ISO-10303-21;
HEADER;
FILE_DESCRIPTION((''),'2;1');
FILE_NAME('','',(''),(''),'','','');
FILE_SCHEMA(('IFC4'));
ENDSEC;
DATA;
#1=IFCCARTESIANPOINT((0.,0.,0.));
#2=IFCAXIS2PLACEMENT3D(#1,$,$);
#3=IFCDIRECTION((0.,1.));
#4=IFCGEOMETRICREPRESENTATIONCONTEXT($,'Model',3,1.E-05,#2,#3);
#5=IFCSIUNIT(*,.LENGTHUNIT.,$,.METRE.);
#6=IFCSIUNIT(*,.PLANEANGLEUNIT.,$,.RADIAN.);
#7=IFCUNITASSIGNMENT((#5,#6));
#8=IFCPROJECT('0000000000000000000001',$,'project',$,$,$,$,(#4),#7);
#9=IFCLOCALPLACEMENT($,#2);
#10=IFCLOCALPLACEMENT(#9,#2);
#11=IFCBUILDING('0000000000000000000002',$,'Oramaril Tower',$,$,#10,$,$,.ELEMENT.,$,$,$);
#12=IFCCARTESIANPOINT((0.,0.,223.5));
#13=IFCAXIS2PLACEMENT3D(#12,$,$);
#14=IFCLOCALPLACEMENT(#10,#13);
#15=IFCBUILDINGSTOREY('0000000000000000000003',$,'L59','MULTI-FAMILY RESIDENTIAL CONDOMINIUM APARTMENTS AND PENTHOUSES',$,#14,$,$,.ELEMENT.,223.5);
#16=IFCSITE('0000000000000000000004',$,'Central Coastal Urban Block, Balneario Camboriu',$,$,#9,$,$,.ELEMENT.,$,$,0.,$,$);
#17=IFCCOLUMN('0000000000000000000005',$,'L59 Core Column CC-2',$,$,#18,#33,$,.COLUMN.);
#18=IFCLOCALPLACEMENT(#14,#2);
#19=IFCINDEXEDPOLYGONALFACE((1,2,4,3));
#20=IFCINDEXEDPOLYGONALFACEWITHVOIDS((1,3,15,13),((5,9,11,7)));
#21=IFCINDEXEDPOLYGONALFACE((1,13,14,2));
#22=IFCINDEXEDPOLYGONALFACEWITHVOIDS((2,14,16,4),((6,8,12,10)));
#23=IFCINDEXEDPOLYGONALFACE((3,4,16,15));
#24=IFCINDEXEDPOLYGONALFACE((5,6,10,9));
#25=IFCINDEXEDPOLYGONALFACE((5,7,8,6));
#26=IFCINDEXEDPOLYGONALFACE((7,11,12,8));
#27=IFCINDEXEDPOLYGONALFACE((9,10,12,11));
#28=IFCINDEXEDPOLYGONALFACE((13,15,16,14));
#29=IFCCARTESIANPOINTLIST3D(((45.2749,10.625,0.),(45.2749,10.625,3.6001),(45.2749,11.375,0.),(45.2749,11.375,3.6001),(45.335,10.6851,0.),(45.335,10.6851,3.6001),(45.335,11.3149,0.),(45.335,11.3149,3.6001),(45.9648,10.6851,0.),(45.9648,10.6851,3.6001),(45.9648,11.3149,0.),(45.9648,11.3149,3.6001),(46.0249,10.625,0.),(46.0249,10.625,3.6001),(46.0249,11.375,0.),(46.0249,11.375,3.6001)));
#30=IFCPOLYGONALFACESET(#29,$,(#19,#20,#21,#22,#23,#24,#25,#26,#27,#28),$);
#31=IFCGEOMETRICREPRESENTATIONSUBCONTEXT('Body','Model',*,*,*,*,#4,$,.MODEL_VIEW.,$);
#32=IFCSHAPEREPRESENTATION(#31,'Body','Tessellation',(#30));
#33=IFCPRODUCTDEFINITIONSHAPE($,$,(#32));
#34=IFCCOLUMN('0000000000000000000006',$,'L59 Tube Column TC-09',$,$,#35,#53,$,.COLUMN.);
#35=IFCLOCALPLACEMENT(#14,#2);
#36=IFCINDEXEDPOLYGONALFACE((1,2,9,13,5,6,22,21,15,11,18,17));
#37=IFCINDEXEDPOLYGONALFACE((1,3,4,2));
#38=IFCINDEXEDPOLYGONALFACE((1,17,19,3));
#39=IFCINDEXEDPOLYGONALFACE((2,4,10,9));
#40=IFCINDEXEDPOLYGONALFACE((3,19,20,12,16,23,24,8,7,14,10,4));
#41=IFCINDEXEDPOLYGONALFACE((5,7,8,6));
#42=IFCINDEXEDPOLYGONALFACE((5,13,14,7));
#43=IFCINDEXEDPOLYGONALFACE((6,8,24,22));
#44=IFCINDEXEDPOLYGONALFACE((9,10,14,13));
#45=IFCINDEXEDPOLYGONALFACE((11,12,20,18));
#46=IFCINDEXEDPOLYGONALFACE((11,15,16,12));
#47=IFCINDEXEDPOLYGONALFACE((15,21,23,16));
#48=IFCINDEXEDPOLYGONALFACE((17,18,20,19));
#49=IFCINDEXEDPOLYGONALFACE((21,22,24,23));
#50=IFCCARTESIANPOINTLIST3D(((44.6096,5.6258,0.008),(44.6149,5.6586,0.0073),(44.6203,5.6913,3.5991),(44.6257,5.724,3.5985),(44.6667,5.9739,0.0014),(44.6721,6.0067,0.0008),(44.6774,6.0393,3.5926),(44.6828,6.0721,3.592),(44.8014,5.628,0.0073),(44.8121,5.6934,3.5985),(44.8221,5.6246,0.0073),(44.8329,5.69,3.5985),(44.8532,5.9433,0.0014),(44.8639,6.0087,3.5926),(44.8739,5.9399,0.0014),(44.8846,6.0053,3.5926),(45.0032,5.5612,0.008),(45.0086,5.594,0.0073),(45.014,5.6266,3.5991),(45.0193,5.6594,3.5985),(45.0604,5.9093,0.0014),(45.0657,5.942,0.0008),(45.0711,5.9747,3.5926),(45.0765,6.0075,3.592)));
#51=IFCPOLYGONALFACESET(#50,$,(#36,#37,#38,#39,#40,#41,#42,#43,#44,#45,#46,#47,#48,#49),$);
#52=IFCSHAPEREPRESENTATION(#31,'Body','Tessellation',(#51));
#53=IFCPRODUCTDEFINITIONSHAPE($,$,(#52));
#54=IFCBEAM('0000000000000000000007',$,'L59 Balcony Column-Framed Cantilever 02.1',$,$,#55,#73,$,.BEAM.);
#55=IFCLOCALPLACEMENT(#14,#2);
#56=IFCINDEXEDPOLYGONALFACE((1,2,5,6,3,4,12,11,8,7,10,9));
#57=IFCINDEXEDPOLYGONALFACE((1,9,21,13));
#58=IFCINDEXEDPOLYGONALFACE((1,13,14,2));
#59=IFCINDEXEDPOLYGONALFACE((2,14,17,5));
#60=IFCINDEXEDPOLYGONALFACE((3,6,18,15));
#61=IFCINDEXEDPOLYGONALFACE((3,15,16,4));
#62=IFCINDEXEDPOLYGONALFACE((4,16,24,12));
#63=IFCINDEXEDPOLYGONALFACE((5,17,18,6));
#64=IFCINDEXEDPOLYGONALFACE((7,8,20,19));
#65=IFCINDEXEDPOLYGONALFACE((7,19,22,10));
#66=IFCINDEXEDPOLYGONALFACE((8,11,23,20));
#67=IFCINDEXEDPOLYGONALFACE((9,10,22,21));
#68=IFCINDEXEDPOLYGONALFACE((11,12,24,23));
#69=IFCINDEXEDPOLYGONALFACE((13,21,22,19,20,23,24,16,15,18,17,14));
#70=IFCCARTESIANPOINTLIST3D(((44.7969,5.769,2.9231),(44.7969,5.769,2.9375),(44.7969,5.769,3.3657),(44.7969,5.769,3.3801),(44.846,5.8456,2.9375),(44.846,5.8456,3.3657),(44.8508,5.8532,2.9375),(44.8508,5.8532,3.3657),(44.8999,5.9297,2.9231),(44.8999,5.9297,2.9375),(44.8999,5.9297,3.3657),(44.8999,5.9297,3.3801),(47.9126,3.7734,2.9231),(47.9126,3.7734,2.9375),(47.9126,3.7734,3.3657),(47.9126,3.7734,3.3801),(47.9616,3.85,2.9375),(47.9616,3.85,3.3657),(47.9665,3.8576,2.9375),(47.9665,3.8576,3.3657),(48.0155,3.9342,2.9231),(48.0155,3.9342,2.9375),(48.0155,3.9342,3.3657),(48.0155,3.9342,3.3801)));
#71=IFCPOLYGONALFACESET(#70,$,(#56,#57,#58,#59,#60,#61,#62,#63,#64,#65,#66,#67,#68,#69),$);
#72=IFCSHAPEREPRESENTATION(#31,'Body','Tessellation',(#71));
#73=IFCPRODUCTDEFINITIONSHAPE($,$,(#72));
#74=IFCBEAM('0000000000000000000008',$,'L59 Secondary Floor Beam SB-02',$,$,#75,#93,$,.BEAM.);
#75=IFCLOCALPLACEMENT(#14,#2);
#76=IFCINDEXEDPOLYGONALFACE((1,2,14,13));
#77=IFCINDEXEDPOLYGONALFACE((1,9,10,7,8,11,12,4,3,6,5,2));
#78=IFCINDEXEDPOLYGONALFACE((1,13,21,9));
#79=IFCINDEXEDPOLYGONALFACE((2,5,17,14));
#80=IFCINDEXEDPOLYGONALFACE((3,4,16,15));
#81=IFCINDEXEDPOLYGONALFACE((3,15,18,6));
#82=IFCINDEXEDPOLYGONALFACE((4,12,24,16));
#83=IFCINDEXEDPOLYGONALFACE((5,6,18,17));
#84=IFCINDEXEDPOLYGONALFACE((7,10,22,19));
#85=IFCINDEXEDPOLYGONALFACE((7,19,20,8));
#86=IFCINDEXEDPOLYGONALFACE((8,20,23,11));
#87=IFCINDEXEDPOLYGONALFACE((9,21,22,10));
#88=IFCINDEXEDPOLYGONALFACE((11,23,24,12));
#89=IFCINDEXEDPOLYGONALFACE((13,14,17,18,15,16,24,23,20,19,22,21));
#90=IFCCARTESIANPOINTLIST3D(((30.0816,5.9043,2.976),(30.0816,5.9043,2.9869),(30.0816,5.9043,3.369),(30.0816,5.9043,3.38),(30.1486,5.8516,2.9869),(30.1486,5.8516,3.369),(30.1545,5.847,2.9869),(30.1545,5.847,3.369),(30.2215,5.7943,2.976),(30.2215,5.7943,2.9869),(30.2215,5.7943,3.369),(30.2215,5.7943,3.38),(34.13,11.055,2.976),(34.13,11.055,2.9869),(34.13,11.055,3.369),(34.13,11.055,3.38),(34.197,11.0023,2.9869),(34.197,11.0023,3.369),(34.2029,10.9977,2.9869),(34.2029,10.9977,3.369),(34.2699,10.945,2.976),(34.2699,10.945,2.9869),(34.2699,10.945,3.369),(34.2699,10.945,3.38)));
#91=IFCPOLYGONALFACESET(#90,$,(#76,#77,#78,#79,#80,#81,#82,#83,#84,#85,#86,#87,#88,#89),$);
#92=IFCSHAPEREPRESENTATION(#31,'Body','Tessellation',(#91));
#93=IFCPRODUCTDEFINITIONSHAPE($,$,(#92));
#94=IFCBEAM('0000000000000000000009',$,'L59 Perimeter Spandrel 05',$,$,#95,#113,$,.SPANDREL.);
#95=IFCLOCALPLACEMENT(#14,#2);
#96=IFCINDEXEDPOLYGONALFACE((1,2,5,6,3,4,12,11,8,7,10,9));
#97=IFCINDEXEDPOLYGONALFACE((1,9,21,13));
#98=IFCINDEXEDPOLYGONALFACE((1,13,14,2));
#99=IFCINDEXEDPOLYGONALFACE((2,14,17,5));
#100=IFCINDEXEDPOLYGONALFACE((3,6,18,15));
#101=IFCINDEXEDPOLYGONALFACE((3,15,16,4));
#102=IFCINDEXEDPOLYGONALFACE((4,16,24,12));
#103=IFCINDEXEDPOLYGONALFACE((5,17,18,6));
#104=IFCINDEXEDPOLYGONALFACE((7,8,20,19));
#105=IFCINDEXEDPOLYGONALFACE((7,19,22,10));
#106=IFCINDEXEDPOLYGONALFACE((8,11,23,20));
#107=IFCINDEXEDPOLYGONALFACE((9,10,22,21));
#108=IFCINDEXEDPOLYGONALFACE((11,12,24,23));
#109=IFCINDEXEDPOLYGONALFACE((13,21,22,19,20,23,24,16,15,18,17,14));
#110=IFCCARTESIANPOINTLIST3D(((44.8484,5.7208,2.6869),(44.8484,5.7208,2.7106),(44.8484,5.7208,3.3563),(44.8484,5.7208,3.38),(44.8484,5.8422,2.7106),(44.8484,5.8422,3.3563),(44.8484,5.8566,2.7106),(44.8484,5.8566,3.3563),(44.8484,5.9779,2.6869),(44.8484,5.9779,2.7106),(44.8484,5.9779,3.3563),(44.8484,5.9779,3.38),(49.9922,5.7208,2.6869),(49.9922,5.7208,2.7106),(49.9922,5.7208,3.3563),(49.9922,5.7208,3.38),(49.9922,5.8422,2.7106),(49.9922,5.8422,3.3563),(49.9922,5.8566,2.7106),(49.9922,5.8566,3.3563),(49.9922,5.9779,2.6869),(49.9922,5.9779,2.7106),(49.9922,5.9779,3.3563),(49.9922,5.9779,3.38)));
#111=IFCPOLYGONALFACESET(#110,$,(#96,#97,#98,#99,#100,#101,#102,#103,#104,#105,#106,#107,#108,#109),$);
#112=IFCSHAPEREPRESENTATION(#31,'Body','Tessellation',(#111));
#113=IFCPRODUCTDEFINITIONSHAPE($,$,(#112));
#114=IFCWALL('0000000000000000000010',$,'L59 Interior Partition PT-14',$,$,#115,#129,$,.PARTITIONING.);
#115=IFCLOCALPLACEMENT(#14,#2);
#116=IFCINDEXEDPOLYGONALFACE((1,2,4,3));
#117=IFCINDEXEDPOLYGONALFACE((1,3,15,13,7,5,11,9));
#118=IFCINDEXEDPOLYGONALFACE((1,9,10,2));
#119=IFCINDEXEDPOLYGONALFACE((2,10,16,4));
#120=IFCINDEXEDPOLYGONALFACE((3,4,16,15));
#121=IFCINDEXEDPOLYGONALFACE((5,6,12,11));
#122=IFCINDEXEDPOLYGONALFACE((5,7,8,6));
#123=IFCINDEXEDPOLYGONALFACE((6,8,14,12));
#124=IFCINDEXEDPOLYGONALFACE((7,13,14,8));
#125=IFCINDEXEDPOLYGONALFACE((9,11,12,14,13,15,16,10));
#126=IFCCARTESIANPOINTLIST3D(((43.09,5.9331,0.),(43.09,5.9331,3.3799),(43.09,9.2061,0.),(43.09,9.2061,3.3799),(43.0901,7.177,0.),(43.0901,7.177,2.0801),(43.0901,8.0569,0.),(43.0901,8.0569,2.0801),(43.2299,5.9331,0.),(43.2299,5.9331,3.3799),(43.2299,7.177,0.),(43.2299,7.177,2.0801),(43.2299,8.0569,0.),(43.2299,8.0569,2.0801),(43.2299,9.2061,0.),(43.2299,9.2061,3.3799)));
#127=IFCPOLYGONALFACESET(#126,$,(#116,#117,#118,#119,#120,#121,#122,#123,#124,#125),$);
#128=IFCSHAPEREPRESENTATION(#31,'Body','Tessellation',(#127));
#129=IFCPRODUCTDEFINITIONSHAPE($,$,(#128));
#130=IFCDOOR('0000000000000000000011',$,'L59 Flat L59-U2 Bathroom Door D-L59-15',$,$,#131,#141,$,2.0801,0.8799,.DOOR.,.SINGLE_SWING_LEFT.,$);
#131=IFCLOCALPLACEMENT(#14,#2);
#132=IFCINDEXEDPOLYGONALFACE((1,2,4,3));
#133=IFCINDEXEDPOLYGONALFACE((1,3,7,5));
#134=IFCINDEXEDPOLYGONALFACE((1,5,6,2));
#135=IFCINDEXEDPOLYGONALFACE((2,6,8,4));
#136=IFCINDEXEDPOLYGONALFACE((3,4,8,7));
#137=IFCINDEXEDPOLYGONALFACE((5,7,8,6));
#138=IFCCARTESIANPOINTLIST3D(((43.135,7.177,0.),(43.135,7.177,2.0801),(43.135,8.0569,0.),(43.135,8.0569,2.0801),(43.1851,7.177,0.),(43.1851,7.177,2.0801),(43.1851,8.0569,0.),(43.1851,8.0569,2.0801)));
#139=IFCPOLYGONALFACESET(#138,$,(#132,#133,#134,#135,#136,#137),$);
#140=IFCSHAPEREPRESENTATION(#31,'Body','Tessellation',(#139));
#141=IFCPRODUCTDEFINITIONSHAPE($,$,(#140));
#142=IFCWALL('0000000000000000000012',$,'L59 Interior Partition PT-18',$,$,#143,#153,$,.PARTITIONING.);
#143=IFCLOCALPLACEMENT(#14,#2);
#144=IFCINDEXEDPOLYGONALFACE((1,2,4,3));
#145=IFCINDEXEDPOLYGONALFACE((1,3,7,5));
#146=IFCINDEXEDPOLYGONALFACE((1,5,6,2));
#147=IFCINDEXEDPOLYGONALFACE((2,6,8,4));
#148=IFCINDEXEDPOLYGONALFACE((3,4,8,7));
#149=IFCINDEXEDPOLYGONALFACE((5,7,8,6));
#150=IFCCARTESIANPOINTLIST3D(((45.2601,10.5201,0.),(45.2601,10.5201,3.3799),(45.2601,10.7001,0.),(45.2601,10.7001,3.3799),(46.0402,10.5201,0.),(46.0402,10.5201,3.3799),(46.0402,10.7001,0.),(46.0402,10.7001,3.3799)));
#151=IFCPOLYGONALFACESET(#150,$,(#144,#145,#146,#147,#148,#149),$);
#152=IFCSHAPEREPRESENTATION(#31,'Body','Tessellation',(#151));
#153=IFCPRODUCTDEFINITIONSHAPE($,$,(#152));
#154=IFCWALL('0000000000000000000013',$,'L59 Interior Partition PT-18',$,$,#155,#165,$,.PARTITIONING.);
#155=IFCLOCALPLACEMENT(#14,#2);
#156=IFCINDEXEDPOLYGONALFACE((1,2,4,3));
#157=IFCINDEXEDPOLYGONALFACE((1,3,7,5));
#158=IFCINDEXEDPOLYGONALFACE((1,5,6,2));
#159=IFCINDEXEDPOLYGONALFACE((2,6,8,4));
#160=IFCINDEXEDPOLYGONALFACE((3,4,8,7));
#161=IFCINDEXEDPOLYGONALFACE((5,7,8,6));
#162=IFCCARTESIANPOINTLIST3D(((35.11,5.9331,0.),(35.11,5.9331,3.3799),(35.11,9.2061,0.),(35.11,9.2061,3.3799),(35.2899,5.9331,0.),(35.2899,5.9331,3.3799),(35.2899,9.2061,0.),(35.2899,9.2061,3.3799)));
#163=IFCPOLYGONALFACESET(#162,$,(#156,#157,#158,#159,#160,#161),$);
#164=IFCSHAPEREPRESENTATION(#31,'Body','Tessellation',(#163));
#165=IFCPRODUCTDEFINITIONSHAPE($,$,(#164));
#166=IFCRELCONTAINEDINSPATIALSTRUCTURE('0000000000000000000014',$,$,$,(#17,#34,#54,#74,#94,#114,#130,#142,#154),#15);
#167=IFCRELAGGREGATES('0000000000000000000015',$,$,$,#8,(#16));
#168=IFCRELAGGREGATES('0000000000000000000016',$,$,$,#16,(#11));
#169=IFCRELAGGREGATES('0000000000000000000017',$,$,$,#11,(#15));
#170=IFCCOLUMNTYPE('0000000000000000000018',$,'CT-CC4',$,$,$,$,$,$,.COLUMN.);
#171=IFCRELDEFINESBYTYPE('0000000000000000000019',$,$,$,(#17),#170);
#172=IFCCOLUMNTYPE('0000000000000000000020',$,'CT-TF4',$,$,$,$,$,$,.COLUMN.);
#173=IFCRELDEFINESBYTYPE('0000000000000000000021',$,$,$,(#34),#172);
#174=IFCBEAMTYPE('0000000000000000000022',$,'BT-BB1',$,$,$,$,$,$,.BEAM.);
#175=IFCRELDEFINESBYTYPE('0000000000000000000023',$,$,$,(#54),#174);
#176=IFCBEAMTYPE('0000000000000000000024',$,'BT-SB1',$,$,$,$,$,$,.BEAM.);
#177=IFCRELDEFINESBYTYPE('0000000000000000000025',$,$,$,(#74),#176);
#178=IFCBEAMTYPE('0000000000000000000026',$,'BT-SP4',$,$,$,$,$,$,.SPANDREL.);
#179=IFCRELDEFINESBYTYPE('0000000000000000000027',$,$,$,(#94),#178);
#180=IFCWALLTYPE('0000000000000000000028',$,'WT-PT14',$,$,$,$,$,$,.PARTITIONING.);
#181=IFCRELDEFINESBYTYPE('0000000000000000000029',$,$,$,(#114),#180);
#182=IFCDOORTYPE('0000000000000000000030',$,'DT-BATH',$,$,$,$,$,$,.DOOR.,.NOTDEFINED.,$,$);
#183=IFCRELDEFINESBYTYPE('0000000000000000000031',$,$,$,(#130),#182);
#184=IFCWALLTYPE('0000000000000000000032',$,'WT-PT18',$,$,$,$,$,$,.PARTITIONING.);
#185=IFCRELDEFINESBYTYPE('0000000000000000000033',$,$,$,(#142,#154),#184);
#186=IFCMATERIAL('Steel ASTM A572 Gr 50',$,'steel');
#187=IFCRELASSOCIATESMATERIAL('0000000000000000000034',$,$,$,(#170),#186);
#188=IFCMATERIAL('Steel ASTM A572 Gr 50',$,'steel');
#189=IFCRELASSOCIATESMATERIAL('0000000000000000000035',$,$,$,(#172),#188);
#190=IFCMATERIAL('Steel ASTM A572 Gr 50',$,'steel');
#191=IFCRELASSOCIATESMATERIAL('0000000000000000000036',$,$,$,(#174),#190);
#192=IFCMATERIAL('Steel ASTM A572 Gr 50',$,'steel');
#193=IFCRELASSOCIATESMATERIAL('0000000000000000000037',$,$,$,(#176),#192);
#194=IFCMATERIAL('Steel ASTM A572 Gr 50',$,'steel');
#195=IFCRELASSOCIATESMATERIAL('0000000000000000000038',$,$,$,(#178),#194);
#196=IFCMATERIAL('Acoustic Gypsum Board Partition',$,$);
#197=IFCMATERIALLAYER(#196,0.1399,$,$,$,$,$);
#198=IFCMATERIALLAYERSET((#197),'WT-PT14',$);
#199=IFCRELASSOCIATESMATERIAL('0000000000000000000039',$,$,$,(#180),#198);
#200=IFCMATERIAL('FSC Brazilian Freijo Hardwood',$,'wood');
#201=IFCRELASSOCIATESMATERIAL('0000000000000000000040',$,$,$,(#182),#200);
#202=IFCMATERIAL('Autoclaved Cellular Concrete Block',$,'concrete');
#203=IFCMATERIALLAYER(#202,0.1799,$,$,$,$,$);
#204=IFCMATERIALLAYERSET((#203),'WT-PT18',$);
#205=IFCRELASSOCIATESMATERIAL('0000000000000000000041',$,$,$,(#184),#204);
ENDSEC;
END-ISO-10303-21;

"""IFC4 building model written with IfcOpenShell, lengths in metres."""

from ifc_helpers import new_model, si_unit, direction, frame, frame_2d, origin, origin_2d, place, context, subcontext, project, spatial, rectangle, hollow_rectangle, i_section, extrude, material, layer, layer_set, material_profile, profile_set, type_object, element, fill, save


model = new_model("IFC4")

# Units and contexts
model_context = context("Model", 3, precision=1e-05, world=origin(), true_north=direction((0.0, 1.0)))
body_context = subcontext(model_context, "Body", "Model", "MODEL_VIEW")
ifc_project = project(units=[si_unit("LENGTHUNIT", "METRE"), si_unit("PLANEANGLEUNIT", "RADIAN")], contexts=[model_context])

# Site, building, storey
site_placement = place(None, origin())
site = spatial("IfcSite", under=ifc_project, at=site_placement, Name="Central Coastal Urban Block, Balneario Camboriu", CompositionType="ELEMENT", RefElevation=0.0)
building_placement = place(site_placement, origin())
building = spatial("IfcBuilding", under=site, at=building_placement, Name="Oramaril Tower", CompositionType="ELEMENT")
storey_placement = place(building_placement, frame((0.0, 0.0, 223.5)))
storey = spatial("IfcBuildingStorey", under=building, at=storey_placement, Name="L59", Description="MULTI-FAMILY RESIDENTIAL CONDOMINIUM APARTMENTS AND PENTHOUSES", CompositionType="ELEMENT", Elevation=223.5)

# Columns
ifc_material_1 = material(Name="Steel ASTM A572 Gr 50", Category="steel")
ifc_material_profile_1 = material_profile(ifc_material_1, hollow_rectangle(XDim=0.75, YDim=0.75, WallThickness=0.0601, at=origin_2d()), Name="BOX750X750X60")
ifc_profile_set_1 = profile_set([ifc_material_profile_1], Name="Steel ASTM A572 Gr 50")
column_type_1 = type_object("IfcColumnType", Name="CT-CC4", PredefinedType="COLUMN", material=ifc_profile_set_1)
column_1_placement = place(storey_placement, frame((45.6499, 11.0, 0.0), z_axis=(0.0, 0.0, 1.0), x_axis=(1.0, 0.0, 0.0)))
element("IfcColumn", 1, at=column_1_placement, inside=storey, type_object=column_type_1, Name="L59 Core Column CC-2", PredefinedType="COLUMN", context=body_context, shape_type="SweptSolid", body=[
    extrude(hollow_rectangle(XDim=0.75, YDim=0.75, WallThickness=0.0601, at=origin_2d()), origin(), (0.0, 0.0, 1.0), 3.6001),
])
ifc_material_2 = material(Name="Steel ASTM A572 Gr 50", Category="steel")
ifc_material_profile_2 = material_profile(ifc_material_2, i_section(OverallWidth=0.3989, OverallDepth=0.386, WebThickness=0.021, FlangeThickness=0.0332, at=origin_2d()), Name="W14X176")
ifc_profile_set_2 = profile_set([ifc_material_profile_2], Name="Steel ASTM A572 Gr 50")
column_type_2 = type_object("IfcColumnType", Name="CT-TF4", PredefinedType="COLUMN", material=ifc_profile_set_2)
column_2_placement = place(storey_placement, frame((44.8376, 5.7839, 0.0044), z_axis=(0.002991, 0.018217, 0.99983), x_axis=(-0.986789, 0.16201, 0.0)))
element("IfcColumn", 2, at=column_2_placement, inside=storey, type_object=column_type_2, Name="L59 Tube Column TC-09", PredefinedType="COLUMN", context=body_context, shape_type="SweptSolid", body=[
    extrude(i_section(OverallWidth=0.3989, OverallDepth=0.386, WebThickness=0.021, FlangeThickness=0.0332, at=origin_2d()), origin(), (0.0, 0.0, 1.0), 3.5918),
])

# Beams
ifc_material_3 = material(Name="Steel ASTM A572 Gr 50", Category="steel")
ifc_material_profile_3 = material_profile(ifc_material_3, i_section(OverallWidth=0.1909, OverallDepth=0.457, WebThickness=0.009, FlangeThickness=0.0144, at=origin_2d()), Name="W18X50")
ifc_profile_set_3 = profile_set([ifc_material_profile_3], Name="Steel ASTM A572 Gr 50")
beam_type_1 = type_object("IfcBeamType", Name="BT-BB1", PredefinedType="BEAM", material=ifc_profile_set_3)
beam_1_placement = place(storey_placement, frame((44.8484, 5.8494, 3.1516), z_axis=(0.842082, -0.53935, 0.0), x_axis=(0.53935, 0.842082, 0.0)))
element("IfcBeam", 3, at=beam_1_placement, inside=storey, type_object=beam_type_1, Name="L59 Balcony Column-Framed Cantilever 02.1", PredefinedType="BEAM", context=body_context, shape_type="SweptSolid", body=[
    extrude(i_section(OverallWidth=0.1909, OverallDepth=0.457, WebThickness=0.009, FlangeThickness=0.0144, at=origin_2d()), origin(), (0.0, 0.0, 1.0), 3.7),
])
ifc_material_4 = material(Name="Steel ASTM A572 Gr 50", Category="steel")
ifc_material_profile_4 = material_profile(ifc_material_4, i_section(OverallWidth=0.178, OverallDepth=0.4041, WebThickness=0.0076, FlangeThickness=0.011, at=origin_2d()), Name="W16X36")
ifc_profile_set_4 = profile_set([ifc_material_profile_4], Name="Steel ASTM A572 Gr 50")
beam_type_2 = type_object("IfcBeamType", Name="BT-SB1", PredefinedType="BEAM", material=ifc_profile_set_4)
beam_2_placement = place(storey_placement, frame((34.2, 11.0, 3.178), z_axis=(-0.617955, -0.786214, 0.0), x_axis=(0.786214, -0.617955, 0.0)))
element("IfcBeam", 4, at=beam_2_placement, inside=storey, type_object=beam_type_2, Name="L59 Secondary Floor Beam SB-02", PredefinedType="BEAM", context=body_context, shape_type="SweptSolid", body=[
    extrude(i_section(OverallWidth=0.178, OverallDepth=0.4041, WebThickness=0.0076, FlangeThickness=0.011, at=origin_2d()), origin(), (0.0, 0.0, 1.0), 6.5513),
])
ifc_material_5 = material(Name="Steel ASTM A572 Gr 50", Category="steel")
ifc_material_profile_5 = material_profile(ifc_material_5, i_section(OverallWidth=0.2571, OverallDepth=0.6931, WebThickness=0.0144, FlangeThickness=0.0237, at=origin_2d()), Name="W27X114")
ifc_profile_set_5 = profile_set([ifc_material_profile_5], Name="Steel ASTM A572 Gr 50")
beam_type_3 = type_object("IfcBeamType", Name="BT-SP4", PredefinedType="SPANDREL", material=ifc_profile_set_5)
beam_3_placement = place(storey_placement, frame((44.8484, 5.8494, 3.0334), z_axis=(1.0, 0.0, 0.0), x_axis=(0.0, 1.0, 0.0)))
element("IfcBeam", 5, at=beam_3_placement, inside=storey, type_object=beam_type_3, Name="L59 Perimeter Spandrel 05", PredefinedType="SPANDREL", context=body_context, shape_type="SweptSolid", body=[
    extrude(i_section(OverallWidth=0.2571, OverallDepth=0.6931, WebThickness=0.0144, FlangeThickness=0.0237, at=origin_2d()), origin(), (0.0, 0.0, 1.0), 5.1438),
])

# Wall, opening, door
ifc_material_6 = material(Name="Acoustic Gypsum Board Partition")
ifc_layer_1 = layer(ifc_material_6, 0.1399)
ifc_layer_set_1 = layer_set([ifc_layer_1], Name="WT-PT14")
wall_type_1 = type_object("IfcWallType", Name="WT-PT14", PredefinedType="PARTITIONING", material=ifc_layer_set_1)
wall_1_placement = place(storey_placement, frame((43.1599, 5.9331, 0.0), z_axis=(0.0, 0.0, 1.0), x_axis=(0.0, 1.0, 0.0)))
wall_1 = element("IfcWall", 6, at=wall_1_placement, inside=storey, type_object=wall_type_1, Name="L59 Interior Partition PT-14", PredefinedType="PARTITIONING", context=body_context, shape_type="SweptSolid", body=[
    extrude(rectangle(XDim=3.2729, YDim=0.1399, at=frame_2d((1.6365, 0.0))), origin(), (0.0, 0.0, 1.0), 3.3799),
])
opening_placement = place(wall_1_placement, frame((1.2439, 0.0, 0.0)))
opening = element("IfcOpeningElement", 7, at=opening_placement, cuts=wall_1, PredefinedType="OPENING", context=body_context, shape_type="SweptSolid", body=[
    extrude(rectangle(XDim=0.8799, YDim=2.0801, at=frame_2d((0.4399, 1.04))), frame((0.0, 0.0698, 0.0), z_axis=(0.0, -1.0, 0.0), x_axis=(1.0, 0.0, 0.0)), (0.0, 0.0, 1.0), 0.1399),
])
ifc_material_7 = material(Name="FSC Brazilian Freijo Hardwood", Category="wood")
door_type = type_object("IfcDoorType", Name="DT-BATH", OperationType="NOTDEFINED", PredefinedType="DOOR", material=ifc_material_7)
door_placement = place(opening_placement, origin())
door = element("IfcDoor", 8, at=door_placement, inside=storey, type_object=door_type, Name="L59 Flat L59-U2 Bathroom Door D-L59-15", OperationType="SINGLE_SWING_LEFT", OverallHeight=2.0801, OverallWidth=0.8799, PredefinedType="DOOR", context=body_context, shape_type="SweptSolid", body=[
    extrude(rectangle(XDim=0.8799, YDim=2.0801, at=frame_2d((0.4399, 1.04))), frame((0.0, 0.0249, 0.0), z_axis=(0.0, -1.0, 0.0), x_axis=(1.0, 0.0, 0.0)), (0.0, 0.0, 1.0), 0.05),
])
fill(opening, door)

# Walls
ifc_material_8 = material(Name="Autoclaved Cellular Concrete Block", Category="concrete")
ifc_layer_2 = layer(ifc_material_8, 0.1799)
ifc_layer_set_2 = layer_set([ifc_layer_2], Name="WT-PT18")
wall_type_2 = type_object("IfcWallType", Name="WT-PT18", PredefinedType="PARTITIONING", material=ifc_layer_set_2)
wall_2_placement = place(storey_placement, frame((45.26, 10.6101, 0.0), z_axis=(0.0, 0.0, 1.0), x_axis=(1.0, 0.0, 0.0)))
element("IfcWall", 9, at=wall_2_placement, inside=storey, type_object=wall_type_2, Name="L59 Interior Partition PT-18", PredefinedType="PARTITIONING", context=body_context, shape_type="SweptSolid", body=[
    extrude(rectangle(XDim=0.78, YDim=0.1799, at=frame_2d((0.3901, 0.0))), origin(), (0.0, 0.0, 1.0), 3.3799),
])
wall_3_placement = place(storey_placement, frame((35.2, 5.9331, 0.0), z_axis=(0.0, 0.0, 1.0), x_axis=(0.0, 1.0, 0.0)))
element("IfcWall", 10, at=wall_3_placement, inside=storey, type_object=wall_type_2, Name="L59 Interior Partition PT-18", PredefinedType="PARTITIONING", context=body_context, shape_type="SweptSolid", body=[
    extrude(rectangle(XDim=3.2729, YDim=0.1799, at=frame_2d((1.6365, 0.0))), origin(), (0.0, 0.0, 1.0), 3.3799),
])

save(model, "model.ifc")
